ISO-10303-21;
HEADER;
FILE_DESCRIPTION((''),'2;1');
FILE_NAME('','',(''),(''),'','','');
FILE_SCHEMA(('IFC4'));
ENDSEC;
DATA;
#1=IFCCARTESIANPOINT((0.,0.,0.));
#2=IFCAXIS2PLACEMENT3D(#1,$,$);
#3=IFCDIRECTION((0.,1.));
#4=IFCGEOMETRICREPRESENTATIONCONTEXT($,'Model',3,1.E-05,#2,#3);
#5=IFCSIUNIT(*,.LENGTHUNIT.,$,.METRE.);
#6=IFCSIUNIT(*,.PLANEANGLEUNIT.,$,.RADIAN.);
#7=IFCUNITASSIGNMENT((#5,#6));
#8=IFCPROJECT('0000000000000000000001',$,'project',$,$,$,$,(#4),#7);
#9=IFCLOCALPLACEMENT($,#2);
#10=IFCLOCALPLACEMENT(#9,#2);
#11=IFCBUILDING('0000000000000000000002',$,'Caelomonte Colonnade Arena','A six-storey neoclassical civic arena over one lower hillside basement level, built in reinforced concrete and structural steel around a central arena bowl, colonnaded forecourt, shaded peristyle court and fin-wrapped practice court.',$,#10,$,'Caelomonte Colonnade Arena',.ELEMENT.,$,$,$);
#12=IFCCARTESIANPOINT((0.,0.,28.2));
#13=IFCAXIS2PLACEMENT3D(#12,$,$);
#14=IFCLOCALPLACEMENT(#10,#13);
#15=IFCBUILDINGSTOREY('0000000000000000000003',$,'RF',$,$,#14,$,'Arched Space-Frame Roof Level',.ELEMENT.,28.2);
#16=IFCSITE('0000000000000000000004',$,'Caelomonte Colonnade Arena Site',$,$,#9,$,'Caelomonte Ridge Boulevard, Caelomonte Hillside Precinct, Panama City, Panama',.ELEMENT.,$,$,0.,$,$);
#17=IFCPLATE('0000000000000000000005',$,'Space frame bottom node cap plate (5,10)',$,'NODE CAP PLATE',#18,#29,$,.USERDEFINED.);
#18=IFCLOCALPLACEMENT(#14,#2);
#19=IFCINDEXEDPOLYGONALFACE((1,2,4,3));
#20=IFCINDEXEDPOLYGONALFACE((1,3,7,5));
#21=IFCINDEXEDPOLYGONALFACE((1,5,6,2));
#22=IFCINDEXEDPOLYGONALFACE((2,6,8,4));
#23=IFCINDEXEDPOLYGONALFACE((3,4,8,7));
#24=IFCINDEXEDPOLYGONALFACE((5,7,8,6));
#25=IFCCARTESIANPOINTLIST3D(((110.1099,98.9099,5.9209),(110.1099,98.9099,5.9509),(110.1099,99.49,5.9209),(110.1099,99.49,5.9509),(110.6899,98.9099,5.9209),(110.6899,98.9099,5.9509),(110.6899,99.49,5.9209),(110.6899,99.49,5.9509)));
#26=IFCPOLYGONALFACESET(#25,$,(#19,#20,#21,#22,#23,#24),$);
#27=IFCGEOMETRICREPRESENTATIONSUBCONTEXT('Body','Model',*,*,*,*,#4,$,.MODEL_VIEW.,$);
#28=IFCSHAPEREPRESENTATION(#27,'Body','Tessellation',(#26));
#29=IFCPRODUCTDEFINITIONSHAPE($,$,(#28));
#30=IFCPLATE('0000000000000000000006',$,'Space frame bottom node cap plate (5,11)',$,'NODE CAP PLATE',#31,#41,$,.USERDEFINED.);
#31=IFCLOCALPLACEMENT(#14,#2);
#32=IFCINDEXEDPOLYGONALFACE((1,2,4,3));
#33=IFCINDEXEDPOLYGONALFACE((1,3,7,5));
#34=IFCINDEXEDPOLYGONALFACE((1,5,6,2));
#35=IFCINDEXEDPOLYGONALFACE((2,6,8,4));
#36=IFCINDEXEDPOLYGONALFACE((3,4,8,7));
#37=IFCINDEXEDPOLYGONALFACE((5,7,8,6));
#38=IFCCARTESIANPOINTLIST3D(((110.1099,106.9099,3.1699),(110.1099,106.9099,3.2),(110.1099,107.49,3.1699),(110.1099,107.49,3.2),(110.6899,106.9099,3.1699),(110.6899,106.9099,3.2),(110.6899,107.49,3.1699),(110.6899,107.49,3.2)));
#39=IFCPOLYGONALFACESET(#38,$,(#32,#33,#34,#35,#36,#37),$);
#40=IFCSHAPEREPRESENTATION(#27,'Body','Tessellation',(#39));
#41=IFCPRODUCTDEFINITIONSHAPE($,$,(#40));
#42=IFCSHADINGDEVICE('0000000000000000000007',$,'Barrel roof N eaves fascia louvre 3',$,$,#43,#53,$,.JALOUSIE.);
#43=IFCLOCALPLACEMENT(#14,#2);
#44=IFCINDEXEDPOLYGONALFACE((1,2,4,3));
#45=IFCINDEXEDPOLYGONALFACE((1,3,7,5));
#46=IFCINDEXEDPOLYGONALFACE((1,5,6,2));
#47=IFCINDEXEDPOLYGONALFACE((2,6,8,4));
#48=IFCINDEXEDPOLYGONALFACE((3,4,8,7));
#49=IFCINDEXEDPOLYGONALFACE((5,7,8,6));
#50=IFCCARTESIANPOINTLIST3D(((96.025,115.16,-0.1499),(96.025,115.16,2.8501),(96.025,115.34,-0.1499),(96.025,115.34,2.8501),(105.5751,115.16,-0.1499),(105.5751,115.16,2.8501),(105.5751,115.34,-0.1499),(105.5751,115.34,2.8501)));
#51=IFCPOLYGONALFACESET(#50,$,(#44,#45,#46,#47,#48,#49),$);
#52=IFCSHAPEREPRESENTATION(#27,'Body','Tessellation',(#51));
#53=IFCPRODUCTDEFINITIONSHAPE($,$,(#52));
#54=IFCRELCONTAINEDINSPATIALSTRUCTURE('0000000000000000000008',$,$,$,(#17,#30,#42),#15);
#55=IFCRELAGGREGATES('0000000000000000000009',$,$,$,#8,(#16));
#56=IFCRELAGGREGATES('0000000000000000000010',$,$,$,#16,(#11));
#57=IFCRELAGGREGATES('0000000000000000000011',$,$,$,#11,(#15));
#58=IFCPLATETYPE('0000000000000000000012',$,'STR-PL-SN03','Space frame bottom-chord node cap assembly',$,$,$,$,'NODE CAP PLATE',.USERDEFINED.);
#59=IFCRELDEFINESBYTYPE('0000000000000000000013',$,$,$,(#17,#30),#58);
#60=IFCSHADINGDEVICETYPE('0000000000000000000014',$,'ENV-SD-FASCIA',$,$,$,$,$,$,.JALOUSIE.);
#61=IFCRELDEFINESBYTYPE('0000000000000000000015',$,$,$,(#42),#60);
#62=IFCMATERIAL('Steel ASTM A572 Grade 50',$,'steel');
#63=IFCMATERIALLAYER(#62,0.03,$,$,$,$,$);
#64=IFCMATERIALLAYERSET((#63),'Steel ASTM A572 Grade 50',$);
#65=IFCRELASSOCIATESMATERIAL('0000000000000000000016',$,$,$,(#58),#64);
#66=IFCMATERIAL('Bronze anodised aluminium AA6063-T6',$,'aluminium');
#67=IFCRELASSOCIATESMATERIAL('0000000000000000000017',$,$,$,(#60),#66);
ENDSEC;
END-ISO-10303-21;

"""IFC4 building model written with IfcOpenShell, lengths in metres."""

from ifc_helpers import new_model, si_unit, direction, frame, origin, origin_2d, place, context, subcontext, project, spatial, rectangle, extrude, material, layer, layer_set, type_object, element, save


model = new_model("IFC4")

# Units and contexts
model_context = context("Model", 3, precision=1e-05, world=origin(), true_north=direction((0.0, 1.0)))
body_context = subcontext(model_context, "Body", "Model", "MODEL_VIEW")
ifc_project = project(units=[si_unit("LENGTHUNIT", "METRE"), si_unit("PLANEANGLEUNIT", "RADIAN")], contexts=[model_context])

# Site, building, storey
site_placement = place(None, origin())
site = spatial("IfcSite", under=ifc_project, at=site_placement, Name="Caelomonte Colonnade Arena Site", LongName="Caelomonte Ridge Boulevard, Caelomonte Hillside Precinct, Panama City, Panama", CompositionType="ELEMENT", RefElevation=0.0)
building_placement = place(site_placement, origin())
building = spatial("IfcBuilding", under=site, at=building_placement, Name="Caelomonte Colonnade Arena", Description="A six-storey neoclassical civic arena over one lower hillside basement level, built in reinforced concrete and structural steel around a central arena bowl, colonnaded forecourt, shaded peristyle court and fin-wrapped practice court.", LongName="Caelomonte Colonnade Arena", CompositionType="ELEMENT")
storey_placement = place(building_placement, frame((0.0, 0.0, 28.2)))
storey = spatial("IfcBuildingStorey", under=building, at=storey_placement, Name="RF", LongName="Arched Space-Frame Roof Level", CompositionType="ELEMENT", Elevation=28.2)

# Plates
ifc_material_1 = material(Name="Steel ASTM A572 Grade 50", Category="steel")
ifc_layer_1 = layer(ifc_material_1, 0.03)
ifc_layer_set_1 = layer_set([ifc_layer_1], Name="Steel ASTM A572 Grade 50")
plate_type_1 = type_object("IfcPlateType", Name="STR-PL-SN03", Description="Space frame bottom-chord node cap assembly", ElementType="NODE CAP PLATE", PredefinedType="USERDEFINED", material=ifc_layer_set_1)
for number, where, z_axis, x_axis, name in (
    (1, (110.3999, 99.2, 5.9209), (0.0, 0.0, 1.0), (1.0, 0.0, 0.0), "Space frame bottom node cap plate (5,10)"),
    (2, (110.3999, 107.2, 3.1699), (0.0, 0.0, 1.0), (1.0, 0.0, 0.0), "Space frame bottom node cap plate (5,11)"),
):
    element("IfcPlate", number, at=place(storey_placement, frame(where, z_axis=z_axis, x_axis=x_axis)), inside=storey, type_object=plate_type_1, Name=name, ObjectType="NODE CAP PLATE", PredefinedType="USERDEFINED", context=body_context, shape_type="SweptSolid", body=[
        extrude(rectangle(XDim=0.5801, YDim=0.5801, at=origin_2d()), origin(), (0.0, 0.0, 1.0), 0.03),
    ])

# Shading device
ifc_material_2 = material(Name="Bronze anodised aluminium AA6063-T6", Category="aluminium")
shading_device_type = type_object("IfcShadingDeviceType", Name="ENV-SD-FASCIA", PredefinedType="JALOUSIE", material=ifc_material_2)
shading_device_placement = place(storey_placement, frame((100.8, 115.25, -0.1499), z_axis=(0.0, 0.0, 1.0), x_axis=(1.0, 0.0, 0.0)))
element("IfcShadingDevice", 3, at=shading_device_placement, inside=storey, type_object=shading_device_type, Name="Barrel roof N eaves fascia louvre 3", PredefinedType="JALOUSIE", context=body_context, shape_type="SweptSolid", body=[
    extrude(rectangle(XDim=9.55, YDim=0.1799, at=origin_2d()), origin(), (0.0, 0.0, 1.0), 3.0),
])

save(model, "model.ifc")
